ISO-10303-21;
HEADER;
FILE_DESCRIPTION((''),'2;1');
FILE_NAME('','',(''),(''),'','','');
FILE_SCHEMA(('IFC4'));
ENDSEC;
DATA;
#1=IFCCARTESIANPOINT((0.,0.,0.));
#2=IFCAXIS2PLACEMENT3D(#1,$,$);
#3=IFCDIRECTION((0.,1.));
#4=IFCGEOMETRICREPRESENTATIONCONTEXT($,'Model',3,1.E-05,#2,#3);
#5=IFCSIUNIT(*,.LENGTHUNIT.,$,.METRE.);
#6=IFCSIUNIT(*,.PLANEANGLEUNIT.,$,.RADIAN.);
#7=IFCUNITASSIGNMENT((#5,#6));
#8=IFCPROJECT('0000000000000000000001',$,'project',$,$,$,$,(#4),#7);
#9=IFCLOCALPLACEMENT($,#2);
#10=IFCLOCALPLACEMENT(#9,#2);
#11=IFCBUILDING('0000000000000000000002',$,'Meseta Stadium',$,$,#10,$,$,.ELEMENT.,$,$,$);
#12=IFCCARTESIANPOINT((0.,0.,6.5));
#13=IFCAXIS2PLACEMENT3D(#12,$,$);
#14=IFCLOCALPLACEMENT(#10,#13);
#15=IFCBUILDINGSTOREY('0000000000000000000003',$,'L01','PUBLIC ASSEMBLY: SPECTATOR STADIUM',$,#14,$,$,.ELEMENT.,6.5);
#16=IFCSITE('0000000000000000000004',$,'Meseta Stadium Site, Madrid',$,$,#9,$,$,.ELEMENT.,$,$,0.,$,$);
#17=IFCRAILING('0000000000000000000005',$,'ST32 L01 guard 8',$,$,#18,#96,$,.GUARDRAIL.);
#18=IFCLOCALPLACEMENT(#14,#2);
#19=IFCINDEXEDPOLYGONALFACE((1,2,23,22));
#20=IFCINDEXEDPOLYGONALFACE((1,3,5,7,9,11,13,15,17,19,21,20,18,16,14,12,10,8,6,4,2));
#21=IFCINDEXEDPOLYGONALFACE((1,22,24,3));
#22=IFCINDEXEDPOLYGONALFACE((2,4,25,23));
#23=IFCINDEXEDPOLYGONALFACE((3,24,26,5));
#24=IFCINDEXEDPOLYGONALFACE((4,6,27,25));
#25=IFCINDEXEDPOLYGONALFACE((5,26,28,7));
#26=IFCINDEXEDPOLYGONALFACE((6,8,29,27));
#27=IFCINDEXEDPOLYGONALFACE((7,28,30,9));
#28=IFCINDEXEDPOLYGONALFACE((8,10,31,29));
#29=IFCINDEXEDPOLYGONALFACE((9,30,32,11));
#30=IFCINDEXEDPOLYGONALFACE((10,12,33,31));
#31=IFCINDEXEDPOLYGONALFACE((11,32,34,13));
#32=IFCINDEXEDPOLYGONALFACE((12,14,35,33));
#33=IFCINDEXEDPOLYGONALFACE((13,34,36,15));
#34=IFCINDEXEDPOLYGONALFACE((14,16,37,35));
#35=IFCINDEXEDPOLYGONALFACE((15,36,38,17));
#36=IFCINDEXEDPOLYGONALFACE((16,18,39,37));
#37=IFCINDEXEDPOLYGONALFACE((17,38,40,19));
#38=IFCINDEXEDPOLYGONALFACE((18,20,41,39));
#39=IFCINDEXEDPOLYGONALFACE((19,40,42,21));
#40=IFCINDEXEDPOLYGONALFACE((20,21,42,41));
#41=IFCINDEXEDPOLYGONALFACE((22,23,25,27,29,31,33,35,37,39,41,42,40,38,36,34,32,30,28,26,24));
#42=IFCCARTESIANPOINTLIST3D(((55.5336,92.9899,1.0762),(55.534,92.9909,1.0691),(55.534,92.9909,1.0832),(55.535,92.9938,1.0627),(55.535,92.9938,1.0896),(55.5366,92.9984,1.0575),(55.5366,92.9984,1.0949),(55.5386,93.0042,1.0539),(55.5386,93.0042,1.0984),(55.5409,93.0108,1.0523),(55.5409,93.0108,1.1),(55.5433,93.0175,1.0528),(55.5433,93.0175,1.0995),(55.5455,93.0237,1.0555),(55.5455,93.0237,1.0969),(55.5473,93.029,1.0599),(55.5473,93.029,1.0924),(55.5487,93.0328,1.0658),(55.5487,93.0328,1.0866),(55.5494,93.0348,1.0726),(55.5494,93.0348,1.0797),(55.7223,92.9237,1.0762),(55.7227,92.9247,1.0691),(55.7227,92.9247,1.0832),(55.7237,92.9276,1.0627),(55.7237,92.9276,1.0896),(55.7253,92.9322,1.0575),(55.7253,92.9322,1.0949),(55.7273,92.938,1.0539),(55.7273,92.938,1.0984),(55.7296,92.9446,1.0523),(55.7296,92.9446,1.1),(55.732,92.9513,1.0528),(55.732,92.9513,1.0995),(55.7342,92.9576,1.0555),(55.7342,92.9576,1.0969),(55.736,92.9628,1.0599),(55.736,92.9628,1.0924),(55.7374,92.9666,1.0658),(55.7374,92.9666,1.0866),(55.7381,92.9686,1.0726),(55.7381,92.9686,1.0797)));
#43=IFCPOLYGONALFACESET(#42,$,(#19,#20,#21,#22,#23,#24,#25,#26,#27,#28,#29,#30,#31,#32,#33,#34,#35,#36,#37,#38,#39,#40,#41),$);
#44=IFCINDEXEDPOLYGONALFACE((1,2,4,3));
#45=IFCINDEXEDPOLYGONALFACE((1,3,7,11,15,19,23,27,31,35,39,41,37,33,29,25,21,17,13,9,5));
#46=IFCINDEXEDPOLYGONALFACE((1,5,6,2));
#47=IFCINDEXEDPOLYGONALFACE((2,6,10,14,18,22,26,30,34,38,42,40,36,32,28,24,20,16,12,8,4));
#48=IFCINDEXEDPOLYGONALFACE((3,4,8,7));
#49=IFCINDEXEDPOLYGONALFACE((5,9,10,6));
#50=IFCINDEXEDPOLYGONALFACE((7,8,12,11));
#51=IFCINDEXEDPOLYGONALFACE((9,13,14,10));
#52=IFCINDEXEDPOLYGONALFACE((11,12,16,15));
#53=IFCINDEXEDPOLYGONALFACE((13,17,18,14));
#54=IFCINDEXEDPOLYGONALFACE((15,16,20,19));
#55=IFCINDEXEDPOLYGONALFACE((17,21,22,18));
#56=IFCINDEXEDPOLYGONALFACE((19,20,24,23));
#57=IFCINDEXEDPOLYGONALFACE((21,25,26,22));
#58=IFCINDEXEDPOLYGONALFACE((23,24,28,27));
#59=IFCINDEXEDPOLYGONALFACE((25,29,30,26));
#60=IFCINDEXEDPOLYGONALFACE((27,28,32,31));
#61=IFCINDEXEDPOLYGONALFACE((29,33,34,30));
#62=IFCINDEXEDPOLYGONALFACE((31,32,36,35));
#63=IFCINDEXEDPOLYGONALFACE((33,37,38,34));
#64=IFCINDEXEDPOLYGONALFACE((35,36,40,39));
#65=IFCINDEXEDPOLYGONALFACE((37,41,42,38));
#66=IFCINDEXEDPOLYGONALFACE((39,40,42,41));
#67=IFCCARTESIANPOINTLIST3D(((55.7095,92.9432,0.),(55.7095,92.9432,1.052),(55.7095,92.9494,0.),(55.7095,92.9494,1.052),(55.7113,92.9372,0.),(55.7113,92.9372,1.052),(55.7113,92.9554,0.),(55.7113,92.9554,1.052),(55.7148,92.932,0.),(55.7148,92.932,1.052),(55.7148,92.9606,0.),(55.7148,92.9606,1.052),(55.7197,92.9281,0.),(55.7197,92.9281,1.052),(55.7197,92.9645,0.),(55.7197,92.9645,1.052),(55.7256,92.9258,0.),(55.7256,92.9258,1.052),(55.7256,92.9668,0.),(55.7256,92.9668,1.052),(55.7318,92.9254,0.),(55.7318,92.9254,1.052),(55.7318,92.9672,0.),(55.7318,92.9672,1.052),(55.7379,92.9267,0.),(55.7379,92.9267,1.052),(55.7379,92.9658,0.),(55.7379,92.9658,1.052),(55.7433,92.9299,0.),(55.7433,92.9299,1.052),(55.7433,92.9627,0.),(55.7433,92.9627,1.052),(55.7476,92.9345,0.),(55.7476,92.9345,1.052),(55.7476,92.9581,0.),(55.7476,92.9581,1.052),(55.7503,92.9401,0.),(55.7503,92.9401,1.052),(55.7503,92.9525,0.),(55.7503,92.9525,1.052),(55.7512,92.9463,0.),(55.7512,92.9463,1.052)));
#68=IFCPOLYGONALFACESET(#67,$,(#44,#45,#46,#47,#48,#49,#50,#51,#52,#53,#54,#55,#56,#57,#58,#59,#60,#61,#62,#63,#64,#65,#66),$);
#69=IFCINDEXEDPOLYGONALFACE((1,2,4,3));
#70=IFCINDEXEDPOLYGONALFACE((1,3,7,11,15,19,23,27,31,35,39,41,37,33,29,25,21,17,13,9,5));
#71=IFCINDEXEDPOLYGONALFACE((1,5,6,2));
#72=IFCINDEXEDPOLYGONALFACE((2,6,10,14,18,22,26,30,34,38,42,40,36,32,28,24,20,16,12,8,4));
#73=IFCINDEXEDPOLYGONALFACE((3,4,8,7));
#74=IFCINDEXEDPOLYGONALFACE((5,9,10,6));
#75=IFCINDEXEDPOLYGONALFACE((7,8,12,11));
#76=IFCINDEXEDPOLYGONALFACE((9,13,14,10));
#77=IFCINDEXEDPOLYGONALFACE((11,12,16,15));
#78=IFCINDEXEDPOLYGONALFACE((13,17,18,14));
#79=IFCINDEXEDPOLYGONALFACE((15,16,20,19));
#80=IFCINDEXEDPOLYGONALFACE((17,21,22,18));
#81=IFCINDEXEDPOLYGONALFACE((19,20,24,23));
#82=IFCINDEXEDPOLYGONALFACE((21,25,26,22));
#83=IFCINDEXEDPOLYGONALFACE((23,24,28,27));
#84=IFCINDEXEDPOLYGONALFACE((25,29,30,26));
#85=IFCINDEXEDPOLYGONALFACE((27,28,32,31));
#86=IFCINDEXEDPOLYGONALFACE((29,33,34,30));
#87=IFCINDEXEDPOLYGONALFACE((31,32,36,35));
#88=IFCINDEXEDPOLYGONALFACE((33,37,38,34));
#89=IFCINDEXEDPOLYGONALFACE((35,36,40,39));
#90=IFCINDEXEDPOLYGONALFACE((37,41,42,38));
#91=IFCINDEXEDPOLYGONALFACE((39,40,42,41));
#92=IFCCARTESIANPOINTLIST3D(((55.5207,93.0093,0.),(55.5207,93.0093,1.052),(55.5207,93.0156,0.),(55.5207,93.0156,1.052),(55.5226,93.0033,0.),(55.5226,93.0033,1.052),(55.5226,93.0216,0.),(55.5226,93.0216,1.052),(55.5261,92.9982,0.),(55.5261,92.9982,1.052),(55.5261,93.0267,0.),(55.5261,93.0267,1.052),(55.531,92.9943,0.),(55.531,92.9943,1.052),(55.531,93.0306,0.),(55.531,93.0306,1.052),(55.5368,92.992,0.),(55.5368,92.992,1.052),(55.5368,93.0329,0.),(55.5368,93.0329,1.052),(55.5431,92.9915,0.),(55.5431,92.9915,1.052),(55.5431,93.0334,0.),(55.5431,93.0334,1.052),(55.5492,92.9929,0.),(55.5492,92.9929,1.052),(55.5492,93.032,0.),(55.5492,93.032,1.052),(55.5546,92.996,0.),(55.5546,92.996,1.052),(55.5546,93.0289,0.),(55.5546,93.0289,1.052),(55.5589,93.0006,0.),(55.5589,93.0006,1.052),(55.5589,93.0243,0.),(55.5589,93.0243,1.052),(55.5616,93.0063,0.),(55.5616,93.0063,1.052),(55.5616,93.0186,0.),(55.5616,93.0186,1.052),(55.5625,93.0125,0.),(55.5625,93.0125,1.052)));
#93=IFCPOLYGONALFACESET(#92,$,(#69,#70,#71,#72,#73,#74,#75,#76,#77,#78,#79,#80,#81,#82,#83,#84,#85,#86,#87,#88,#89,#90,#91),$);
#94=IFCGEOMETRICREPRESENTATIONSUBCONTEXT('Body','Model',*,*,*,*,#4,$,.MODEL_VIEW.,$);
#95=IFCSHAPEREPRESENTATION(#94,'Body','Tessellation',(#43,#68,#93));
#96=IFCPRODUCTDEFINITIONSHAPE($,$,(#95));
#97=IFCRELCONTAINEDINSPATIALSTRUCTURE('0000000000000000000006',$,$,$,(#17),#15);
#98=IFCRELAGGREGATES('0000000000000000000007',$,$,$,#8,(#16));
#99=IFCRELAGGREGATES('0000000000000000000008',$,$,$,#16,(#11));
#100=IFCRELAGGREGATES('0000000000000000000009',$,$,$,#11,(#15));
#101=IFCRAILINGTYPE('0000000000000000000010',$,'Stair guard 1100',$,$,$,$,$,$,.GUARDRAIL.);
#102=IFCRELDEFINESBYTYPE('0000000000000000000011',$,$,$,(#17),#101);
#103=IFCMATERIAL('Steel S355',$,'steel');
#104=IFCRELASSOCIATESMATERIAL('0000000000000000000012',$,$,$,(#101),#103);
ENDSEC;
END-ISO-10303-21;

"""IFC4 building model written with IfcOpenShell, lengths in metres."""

from ifc_helpers import new_model, si_unit, direction, frame, origin, origin_2d, place, context, subcontext, project, spatial, circle, extrude, material, type_object, element, save


model = new_model("IFC4")

# Units and contexts
model_context = context("Model", 3, precision=1e-05, world=origin(), true_north=direction((0.0, 1.0)))
body_context = subcontext(model_context, "Body", "Model", "MODEL_VIEW")
ifc_project = project(units=[si_unit("LENGTHUNIT", "METRE"), si_unit("PLANEANGLEUNIT", "RADIAN")], contexts=[model_context])

# Site, building, storey
site_placement = place(None, origin())
site = spatial("IfcSite", under=ifc_project, at=site_placement, Name="Meseta Stadium Site, Madrid", CompositionType="ELEMENT", RefElevation=0.0)
building_placement = place(site_placement, origin())
building = spatial("IfcBuilding", under=site, at=building_placement, Name="Meseta Stadium", CompositionType="ELEMENT")
storey_placement = place(building_placement, frame((0.0, 0.0, 6.5)))
storey = spatial("IfcBuildingStorey", under=building, at=storey_placement, Name="L01", Description="PUBLIC ASSEMBLY: SPECTATOR STADIUM", CompositionType="ELEMENT", Elevation=6.5)

# Railing
ifc_material_1 = material(Name="Steel S355", Category="steel")
railing_type_1 = type_object("IfcRailingType", Name="Stair guard 1100", PredefinedType="GUARDRAIL", material=ifc_material_1)
railing_1_placement = place(storey_placement, frame((55.7302, 92.9463, 0.0)))
element("IfcRailing", 1, at=railing_1_placement, inside=storey, type_object=railing_type_1, Name="ST32 L01 guard 8", PredefinedType="GUARDRAIL", context=body_context, shape_type="SweptSolid", body=[
    extrude(circle(Radius=0.0239, at=origin_2d()), frame((0.0, 0.0, 1.0762), z_axis=(-0.943687, 0.33084, 0.0), x_axis=(-0.33084, -0.943687, 0.0)), (0.0, 0.0, 1.0), 0.2),
    extrude(circle(Radius=0.021, at=origin_2d()), origin(), (0.0, 0.0, 1.0), 1.052),
    extrude(circle(Radius=0.021, at=origin_2d()), frame((-0.1887, 0.0662, 0.0)), (0.0, 0.0, 1.0), 1.052),
])

save(model, "model.ifc")
